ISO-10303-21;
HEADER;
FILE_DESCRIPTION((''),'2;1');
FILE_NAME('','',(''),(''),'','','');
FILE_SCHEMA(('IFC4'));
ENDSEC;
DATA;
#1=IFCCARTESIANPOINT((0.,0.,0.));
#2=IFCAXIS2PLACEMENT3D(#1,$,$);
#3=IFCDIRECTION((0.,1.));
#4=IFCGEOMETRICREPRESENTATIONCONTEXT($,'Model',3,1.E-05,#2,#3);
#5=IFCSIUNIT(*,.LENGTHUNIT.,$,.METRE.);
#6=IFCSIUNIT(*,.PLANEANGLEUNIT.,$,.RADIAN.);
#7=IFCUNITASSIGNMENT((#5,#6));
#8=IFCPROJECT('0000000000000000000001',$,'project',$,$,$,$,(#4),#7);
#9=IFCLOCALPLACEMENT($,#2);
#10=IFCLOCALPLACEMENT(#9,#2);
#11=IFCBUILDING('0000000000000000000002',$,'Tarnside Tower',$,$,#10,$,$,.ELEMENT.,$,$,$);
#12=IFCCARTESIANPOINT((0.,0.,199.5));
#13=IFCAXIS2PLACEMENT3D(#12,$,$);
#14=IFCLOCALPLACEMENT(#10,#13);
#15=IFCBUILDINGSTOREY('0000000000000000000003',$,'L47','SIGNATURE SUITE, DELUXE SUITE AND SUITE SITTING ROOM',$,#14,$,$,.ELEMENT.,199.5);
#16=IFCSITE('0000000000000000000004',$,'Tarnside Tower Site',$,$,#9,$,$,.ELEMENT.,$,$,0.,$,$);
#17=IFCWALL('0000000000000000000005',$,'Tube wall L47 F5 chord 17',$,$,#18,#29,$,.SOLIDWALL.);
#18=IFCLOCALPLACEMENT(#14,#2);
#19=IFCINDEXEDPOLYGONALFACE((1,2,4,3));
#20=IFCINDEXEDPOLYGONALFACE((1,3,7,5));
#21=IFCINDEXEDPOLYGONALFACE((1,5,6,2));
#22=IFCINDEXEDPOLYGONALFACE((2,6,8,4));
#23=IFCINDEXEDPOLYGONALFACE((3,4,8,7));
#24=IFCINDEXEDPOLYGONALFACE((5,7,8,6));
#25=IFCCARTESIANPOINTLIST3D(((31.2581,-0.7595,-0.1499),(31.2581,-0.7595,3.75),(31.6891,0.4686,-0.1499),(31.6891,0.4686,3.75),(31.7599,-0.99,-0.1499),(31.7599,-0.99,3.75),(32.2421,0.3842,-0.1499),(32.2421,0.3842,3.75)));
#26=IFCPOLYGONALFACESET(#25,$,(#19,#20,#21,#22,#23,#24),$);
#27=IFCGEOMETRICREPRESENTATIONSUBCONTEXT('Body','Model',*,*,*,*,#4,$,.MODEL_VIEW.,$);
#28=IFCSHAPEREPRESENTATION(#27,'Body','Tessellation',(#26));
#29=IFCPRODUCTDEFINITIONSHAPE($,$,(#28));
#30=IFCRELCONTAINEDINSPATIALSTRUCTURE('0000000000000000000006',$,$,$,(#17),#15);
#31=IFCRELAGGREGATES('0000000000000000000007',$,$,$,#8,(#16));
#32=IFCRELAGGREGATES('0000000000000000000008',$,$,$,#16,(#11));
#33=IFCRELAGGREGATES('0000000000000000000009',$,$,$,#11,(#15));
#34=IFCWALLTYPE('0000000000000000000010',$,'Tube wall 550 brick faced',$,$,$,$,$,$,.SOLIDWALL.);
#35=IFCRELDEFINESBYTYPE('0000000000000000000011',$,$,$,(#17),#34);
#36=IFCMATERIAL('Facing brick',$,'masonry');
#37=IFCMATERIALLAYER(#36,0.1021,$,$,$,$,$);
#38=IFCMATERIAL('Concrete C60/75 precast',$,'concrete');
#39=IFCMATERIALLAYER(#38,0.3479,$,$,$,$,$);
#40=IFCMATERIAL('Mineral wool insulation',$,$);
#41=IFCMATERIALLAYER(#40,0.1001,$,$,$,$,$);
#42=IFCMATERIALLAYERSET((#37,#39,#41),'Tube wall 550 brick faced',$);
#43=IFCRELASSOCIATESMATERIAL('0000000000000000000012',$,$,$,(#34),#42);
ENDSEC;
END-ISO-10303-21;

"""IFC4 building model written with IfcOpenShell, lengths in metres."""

from ifc_helpers import new_model, si_unit, direction, frame, origin, place, context, subcontext, project, spatial, polyline, outline, extrude, material, layer, layer_set, type_object, element, save


model = new_model("IFC4")

# Units and contexts
model_context = context("Model", 3, precision=1e-05, world=origin(), true_north=direction((0.0, 1.0)))
body_context = subcontext(model_context, "Body", "Model", "MODEL_VIEW")
ifc_project = project(units=[si_unit("LENGTHUNIT", "METRE"), si_unit("PLANEANGLEUNIT", "RADIAN")], contexts=[model_context])

# Site, building, storey
site_placement = place(None, origin())
site = spatial("IfcSite", under=ifc_project, at=site_placement, Name="Tarnside Tower Site", CompositionType="ELEMENT", RefElevation=0.0)
building_placement = place(site_placement, origin())
building = spatial("IfcBuilding", under=site, at=building_placement, Name="Tarnside Tower", CompositionType="ELEMENT")
storey_placement = place(building_placement, frame((0.0, 0.0, 199.5)))
storey = spatial("IfcBuildingStorey", under=building, at=storey_placement, Name="L47", Description="SIGNATURE SUITE, DELUXE SUITE AND SUITE SITTING ROOM", CompositionType="ELEMENT", Elevation=199.5)

# Wall
ifc_material_1 = material(Name="Facing brick", Category="masonry")
ifc_layer_1 = layer(ifc_material_1, 0.1021)
ifc_material_2 = material(Name="Concrete C60/75 precast", Category="concrete")
ifc_layer_2 = layer(ifc_material_2, 0.3479)
ifc_material_3 = material(Name="Mineral wool insulation")
ifc_layer_3 = layer(ifc_material_3, 0.1001)
ifc_layer_set_1 = layer_set([ifc_layer_1, ifc_layer_2, ifc_layer_3], Name="Tube wall 550 brick faced")
wall_type_1 = type_object("IfcWallType", Name="Tube wall 550 brick faced", PredefinedType="SOLIDWALL", material=ifc_layer_set_1)
wall_1_placement = place(storey_placement, frame((31.509, -0.8748, -0.1499), z_axis=(0.0, 0.0, 1.0), x_axis=(0.331115, 0.94359, 0.0)))
element("IfcWall", 1, at=wall_1_placement, inside=storey, type_object=wall_type_1, Name="Tube wall L47 F5 chord 17", PredefinedType="SOLIDWALL", context=body_context, shape_type="SweptSolid", body=[
    extrude(outline(polyline([(-0.0256, -0.2749), (1.4307, -0.2749), (1.3271, 0.2749), (0.0256, 0.2749), (-0.0256, -0.2749)])), origin(), (0.0, 0.0, 1.0), 3.8999),
])

save(model, "model.ifc")
